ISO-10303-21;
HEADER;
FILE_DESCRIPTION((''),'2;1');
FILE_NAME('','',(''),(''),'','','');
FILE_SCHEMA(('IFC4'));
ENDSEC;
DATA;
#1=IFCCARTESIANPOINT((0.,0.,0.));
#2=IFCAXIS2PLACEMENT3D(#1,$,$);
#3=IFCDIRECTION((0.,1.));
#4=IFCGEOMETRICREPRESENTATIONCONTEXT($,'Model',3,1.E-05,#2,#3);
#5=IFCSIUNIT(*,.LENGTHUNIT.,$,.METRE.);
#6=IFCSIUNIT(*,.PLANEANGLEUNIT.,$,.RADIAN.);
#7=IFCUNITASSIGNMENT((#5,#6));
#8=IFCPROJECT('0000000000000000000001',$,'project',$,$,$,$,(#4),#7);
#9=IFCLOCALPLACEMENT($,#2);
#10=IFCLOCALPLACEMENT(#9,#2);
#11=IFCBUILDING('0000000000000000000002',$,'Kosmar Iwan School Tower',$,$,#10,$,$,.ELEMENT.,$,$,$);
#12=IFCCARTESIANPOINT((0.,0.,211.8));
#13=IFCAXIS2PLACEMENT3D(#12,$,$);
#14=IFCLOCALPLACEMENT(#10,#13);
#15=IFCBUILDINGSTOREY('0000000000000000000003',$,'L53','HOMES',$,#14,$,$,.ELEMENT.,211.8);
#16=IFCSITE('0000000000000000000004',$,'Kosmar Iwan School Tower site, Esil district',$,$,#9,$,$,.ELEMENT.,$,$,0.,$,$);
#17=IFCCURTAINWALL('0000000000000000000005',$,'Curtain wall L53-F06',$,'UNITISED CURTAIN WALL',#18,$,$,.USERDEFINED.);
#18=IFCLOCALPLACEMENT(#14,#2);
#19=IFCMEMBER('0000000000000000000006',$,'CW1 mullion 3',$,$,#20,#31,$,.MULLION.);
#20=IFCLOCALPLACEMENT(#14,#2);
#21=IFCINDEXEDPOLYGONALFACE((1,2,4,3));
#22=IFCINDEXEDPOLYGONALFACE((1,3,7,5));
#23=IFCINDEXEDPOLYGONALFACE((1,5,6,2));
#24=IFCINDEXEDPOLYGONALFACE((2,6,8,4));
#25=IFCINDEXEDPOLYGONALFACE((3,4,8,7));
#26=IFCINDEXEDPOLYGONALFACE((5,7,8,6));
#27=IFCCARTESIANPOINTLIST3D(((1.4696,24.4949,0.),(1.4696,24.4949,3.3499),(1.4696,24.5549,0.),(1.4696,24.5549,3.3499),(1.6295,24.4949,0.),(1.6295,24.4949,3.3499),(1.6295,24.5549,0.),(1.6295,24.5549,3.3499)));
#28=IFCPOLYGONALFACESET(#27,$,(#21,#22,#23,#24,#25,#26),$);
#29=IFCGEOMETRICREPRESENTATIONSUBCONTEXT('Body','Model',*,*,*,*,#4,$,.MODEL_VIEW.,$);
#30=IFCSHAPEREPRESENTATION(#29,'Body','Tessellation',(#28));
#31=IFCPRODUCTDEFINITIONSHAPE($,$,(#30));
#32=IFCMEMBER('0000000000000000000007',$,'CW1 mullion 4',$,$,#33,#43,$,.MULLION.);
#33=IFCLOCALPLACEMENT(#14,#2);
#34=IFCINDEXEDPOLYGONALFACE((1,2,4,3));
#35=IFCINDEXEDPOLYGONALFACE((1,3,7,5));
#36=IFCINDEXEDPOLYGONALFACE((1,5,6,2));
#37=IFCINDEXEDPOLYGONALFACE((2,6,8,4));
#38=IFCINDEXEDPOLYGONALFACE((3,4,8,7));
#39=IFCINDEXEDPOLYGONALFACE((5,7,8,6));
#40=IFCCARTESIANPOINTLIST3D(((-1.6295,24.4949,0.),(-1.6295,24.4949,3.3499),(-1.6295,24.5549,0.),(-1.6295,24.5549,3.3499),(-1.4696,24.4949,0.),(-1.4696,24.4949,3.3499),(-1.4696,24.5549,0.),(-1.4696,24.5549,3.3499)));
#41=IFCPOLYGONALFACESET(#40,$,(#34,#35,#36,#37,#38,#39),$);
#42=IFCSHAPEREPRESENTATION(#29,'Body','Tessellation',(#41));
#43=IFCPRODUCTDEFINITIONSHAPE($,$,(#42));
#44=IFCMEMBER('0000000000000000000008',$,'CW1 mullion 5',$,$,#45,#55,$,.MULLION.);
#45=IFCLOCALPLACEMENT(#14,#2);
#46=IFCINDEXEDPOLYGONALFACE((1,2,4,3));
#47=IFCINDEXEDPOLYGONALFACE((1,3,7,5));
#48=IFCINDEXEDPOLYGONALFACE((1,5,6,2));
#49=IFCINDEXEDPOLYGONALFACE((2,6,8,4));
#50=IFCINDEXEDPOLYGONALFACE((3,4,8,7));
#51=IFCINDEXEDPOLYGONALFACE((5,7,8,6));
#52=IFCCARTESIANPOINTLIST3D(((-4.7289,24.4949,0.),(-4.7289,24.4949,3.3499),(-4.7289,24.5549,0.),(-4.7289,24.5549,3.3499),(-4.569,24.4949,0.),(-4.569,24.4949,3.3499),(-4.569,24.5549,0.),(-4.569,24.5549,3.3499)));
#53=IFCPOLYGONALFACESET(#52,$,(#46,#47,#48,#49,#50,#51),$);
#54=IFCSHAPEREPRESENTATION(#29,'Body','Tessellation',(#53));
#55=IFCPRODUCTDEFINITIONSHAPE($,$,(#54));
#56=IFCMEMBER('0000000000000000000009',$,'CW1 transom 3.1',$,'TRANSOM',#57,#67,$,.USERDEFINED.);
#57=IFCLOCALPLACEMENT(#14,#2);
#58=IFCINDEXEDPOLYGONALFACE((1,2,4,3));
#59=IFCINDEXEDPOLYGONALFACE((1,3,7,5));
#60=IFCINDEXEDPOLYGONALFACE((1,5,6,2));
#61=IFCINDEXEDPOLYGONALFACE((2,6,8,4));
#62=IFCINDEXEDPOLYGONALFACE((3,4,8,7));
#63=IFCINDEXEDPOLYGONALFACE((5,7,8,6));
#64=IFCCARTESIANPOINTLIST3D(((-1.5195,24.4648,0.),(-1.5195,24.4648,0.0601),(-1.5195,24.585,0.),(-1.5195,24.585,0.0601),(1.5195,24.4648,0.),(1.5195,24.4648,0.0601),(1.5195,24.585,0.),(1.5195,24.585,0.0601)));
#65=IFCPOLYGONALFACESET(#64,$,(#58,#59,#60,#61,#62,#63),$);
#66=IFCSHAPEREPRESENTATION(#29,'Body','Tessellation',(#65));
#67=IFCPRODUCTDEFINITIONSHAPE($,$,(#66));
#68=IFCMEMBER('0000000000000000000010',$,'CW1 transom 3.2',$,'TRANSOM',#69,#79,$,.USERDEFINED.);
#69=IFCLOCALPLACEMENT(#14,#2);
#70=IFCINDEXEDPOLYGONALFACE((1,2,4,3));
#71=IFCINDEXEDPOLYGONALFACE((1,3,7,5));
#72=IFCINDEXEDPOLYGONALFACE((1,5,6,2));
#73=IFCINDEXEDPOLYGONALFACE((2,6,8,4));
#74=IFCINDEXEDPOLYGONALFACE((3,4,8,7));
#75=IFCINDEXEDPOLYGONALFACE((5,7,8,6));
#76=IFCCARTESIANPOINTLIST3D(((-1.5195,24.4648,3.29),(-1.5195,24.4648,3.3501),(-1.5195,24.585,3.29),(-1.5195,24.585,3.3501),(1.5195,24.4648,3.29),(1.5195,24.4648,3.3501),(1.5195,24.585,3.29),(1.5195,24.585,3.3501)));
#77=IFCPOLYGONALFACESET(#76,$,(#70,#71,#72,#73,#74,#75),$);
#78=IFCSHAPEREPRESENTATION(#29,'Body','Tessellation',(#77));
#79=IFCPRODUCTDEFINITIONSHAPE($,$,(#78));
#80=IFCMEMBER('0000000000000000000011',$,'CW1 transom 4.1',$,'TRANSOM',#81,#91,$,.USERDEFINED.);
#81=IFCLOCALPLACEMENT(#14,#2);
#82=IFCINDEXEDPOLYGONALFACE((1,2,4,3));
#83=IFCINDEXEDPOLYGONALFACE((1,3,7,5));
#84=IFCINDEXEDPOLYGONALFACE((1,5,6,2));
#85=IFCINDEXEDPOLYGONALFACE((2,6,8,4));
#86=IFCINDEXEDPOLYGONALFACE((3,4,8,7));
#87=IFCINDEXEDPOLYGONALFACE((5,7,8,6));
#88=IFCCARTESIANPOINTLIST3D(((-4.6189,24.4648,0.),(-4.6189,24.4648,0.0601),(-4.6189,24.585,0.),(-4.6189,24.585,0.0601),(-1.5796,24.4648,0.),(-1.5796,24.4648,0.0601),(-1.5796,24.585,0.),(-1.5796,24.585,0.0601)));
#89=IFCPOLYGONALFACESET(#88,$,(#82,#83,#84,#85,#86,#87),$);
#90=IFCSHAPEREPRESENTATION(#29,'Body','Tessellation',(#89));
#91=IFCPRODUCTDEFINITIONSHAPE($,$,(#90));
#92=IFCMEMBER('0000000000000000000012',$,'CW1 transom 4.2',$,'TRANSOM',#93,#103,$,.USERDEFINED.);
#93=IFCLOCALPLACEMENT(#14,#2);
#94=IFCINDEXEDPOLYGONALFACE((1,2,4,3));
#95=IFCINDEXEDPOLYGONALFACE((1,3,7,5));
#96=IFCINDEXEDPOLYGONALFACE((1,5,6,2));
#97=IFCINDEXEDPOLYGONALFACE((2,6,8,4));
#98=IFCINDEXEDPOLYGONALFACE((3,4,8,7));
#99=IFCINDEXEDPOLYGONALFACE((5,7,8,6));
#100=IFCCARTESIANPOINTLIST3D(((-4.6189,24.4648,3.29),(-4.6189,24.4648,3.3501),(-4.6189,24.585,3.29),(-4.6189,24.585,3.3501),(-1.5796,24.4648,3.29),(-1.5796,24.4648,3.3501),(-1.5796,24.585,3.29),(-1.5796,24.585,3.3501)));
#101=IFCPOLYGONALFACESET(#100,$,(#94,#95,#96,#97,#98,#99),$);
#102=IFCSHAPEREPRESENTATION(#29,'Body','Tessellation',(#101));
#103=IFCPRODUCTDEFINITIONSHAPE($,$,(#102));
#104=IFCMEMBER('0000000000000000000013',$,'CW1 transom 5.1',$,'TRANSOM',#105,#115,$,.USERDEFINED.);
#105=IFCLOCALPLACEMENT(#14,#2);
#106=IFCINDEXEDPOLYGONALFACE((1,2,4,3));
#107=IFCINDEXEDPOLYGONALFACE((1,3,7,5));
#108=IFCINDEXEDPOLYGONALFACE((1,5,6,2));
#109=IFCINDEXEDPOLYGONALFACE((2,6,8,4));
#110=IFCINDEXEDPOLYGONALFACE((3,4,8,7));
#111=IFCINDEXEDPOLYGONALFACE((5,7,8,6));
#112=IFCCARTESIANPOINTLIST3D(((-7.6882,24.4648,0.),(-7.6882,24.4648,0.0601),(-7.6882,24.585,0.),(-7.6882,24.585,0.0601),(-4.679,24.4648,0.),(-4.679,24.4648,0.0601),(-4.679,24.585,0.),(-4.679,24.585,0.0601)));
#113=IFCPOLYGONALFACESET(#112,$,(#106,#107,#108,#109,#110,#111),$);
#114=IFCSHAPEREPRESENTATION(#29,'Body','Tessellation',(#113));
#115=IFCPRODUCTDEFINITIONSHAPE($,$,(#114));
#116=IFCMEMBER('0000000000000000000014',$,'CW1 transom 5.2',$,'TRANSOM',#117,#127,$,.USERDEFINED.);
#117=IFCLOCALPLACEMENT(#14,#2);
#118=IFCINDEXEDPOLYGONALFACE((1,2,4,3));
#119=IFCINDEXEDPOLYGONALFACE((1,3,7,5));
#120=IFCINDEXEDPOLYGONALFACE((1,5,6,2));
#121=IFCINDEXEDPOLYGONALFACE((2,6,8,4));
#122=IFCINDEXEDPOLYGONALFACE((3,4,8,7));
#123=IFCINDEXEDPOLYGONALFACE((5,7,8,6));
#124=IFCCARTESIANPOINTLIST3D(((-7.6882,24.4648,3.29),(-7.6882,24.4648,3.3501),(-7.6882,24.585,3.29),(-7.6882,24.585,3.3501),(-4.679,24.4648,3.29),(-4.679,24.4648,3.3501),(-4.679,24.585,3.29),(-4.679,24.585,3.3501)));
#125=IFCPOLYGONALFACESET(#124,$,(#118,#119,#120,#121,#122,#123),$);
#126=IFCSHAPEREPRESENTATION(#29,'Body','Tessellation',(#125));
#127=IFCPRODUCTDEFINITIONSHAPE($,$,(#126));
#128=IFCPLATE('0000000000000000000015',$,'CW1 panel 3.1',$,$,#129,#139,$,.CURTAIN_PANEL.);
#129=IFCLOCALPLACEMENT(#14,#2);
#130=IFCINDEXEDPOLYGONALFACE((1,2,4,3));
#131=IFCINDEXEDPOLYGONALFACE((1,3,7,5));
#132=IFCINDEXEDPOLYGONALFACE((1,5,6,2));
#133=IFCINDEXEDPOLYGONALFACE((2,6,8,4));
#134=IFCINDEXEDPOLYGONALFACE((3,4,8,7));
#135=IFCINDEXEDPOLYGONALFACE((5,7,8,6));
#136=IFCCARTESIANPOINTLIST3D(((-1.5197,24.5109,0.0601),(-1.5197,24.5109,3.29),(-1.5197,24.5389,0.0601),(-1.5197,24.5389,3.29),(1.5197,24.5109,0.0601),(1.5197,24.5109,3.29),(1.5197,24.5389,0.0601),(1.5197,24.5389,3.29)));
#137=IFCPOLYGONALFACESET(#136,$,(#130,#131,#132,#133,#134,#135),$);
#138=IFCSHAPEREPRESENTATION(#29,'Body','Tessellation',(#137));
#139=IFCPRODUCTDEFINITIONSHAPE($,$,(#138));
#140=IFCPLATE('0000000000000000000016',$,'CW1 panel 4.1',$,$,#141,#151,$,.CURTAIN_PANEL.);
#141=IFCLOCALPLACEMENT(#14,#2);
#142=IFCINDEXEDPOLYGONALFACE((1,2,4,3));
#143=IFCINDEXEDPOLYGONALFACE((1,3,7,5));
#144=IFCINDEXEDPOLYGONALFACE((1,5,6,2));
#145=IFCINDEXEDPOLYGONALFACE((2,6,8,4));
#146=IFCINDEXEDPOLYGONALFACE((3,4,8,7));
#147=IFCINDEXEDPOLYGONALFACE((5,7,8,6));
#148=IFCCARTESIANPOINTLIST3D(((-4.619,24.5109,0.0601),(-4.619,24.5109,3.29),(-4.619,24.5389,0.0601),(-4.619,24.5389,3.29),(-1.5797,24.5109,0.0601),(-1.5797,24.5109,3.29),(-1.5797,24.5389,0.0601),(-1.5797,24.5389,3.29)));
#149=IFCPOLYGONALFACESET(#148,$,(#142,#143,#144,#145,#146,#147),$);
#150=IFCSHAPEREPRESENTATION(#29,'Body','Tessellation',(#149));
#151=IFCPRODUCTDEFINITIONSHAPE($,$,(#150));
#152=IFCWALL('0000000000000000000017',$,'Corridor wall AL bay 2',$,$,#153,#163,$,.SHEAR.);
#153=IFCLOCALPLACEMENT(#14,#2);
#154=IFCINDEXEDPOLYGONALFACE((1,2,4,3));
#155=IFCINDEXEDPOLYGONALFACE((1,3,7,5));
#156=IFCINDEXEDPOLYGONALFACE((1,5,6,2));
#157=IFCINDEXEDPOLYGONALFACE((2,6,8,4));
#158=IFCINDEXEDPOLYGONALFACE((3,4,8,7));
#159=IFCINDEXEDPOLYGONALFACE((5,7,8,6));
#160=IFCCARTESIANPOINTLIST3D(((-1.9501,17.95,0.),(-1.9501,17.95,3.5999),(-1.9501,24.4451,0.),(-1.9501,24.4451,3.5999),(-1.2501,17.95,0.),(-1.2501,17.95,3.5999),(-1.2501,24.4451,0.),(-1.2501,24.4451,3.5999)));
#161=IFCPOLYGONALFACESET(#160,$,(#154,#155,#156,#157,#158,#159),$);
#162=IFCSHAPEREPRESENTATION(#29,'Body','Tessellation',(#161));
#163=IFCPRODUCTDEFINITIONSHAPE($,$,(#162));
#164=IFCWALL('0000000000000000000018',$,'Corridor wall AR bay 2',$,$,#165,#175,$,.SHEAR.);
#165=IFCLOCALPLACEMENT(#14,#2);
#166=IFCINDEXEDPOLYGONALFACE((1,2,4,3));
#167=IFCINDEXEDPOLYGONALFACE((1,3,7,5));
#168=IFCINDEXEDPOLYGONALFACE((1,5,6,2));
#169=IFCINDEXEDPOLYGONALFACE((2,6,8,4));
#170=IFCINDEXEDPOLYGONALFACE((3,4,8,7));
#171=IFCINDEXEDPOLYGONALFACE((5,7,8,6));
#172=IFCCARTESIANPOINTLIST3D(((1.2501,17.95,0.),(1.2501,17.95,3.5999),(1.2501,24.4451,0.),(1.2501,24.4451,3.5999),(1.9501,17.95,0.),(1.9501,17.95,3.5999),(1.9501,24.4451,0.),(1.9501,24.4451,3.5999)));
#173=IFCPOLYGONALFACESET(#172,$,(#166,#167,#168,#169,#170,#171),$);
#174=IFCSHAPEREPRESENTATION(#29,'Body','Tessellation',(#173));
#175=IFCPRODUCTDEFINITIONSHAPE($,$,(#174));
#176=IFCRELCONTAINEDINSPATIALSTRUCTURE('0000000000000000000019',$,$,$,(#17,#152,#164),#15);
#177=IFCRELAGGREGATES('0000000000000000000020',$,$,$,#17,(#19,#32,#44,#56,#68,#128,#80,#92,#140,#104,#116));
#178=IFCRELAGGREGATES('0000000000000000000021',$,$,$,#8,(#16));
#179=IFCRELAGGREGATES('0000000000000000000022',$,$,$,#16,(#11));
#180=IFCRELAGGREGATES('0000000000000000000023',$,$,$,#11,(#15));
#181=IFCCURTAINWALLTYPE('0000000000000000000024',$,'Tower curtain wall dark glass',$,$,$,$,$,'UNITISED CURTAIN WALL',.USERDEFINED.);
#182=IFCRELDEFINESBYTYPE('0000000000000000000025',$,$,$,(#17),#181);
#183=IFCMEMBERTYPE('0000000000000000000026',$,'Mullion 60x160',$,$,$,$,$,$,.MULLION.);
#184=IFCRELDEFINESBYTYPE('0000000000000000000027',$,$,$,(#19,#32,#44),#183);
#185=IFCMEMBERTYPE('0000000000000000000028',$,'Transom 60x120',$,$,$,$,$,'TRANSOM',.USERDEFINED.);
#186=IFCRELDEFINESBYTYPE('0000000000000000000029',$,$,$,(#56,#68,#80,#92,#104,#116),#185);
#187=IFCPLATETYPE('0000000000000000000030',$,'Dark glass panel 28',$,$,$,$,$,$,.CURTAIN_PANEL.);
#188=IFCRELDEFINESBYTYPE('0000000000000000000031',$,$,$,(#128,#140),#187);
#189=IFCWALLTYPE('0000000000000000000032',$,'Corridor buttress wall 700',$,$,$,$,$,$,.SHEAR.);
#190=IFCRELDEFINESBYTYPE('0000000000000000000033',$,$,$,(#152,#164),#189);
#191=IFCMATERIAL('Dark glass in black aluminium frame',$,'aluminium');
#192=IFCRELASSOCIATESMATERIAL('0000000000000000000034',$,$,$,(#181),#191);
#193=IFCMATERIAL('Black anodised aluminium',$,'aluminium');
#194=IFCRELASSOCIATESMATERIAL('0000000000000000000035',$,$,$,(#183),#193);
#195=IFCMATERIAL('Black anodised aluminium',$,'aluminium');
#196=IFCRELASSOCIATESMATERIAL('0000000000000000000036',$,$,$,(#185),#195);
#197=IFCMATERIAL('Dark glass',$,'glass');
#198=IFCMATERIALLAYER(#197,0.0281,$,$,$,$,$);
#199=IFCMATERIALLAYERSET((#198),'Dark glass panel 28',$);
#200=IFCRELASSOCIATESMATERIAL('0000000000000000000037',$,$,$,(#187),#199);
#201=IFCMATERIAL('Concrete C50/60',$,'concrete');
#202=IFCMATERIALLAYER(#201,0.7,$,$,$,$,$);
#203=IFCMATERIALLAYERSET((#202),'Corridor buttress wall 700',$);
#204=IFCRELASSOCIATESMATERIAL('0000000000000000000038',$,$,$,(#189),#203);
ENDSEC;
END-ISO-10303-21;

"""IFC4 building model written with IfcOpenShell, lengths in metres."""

from ifc_helpers import new_model, si_unit, direction, frame, frame_2d, origin, origin_2d, place, context, subcontext, project, spatial, rectangle, extrude, material, layer, layer_set, material_profile, profile_set, type_object, element, aggregate, save


model = new_model("IFC4")

# Units and contexts
model_context = context("Model", 3, precision=1e-05, world=origin(), true_north=direction((0.0, 1.0)))
body_context = subcontext(model_context, "Body", "Model", "MODEL_VIEW")
ifc_project = project(units=[si_unit("LENGTHUNIT", "METRE"), si_unit("PLANEANGLEUNIT", "RADIAN")], contexts=[model_context])

# Site, building, storey
site_placement = place(None, origin())
site = spatial("IfcSite", under=ifc_project, at=site_placement, Name="Kosmar Iwan School Tower site, Esil district", CompositionType="ELEMENT", RefElevation=0.0)
building_placement = place(site_placement, origin())
building = spatial("IfcBuilding", under=site, at=building_placement, Name="Kosmar Iwan School Tower", CompositionType="ELEMENT")
storey_placement = place(building_placement, frame((0.0, 0.0, 211.8)))
storey = spatial("IfcBuildingStorey", under=building, at=storey_placement, Name="L53", Description="HOMES", CompositionType="ELEMENT", Elevation=211.8)

# Curtain wall, members, plates
ifc_material_1 = material(Name="Dark glass in black aluminium frame", Category="aluminium")
curtain_wall_type = type_object("IfcCurtainWallType", Name="Tower curtain wall dark glass", ElementType="UNITISED CURTAIN WALL", PredefinedType="USERDEFINED", material=ifc_material_1)
curtain_wall_placement = place(storey_placement, origin())
curtain_wall = element("IfcCurtainWall", 1, at=curtain_wall_placement, inside=storey, type_object=curtain_wall_type, Name="Curtain wall L53-F06", ObjectType="UNITISED CURTAIN WALL", PredefinedType="USERDEFINED")
ifc_material_2 = material(Name="Black anodised aluminium", Category="aluminium")
ifc_material_profile_1 = material_profile(ifc_material_2, rectangle(XDim=0.0601, YDim=0.1599, at=origin_2d()), Name="MULLION 60x160")
ifc_profile_set_1 = profile_set([ifc_material_profile_1], Name="Black anodised aluminium")
member_type_1 = type_object("IfcMemberType", Name="Mullion 60x160", PredefinedType="MULLION", material=ifc_profile_set_1)
member_1_placement = place(storey_placement, frame((1.5496, 24.5249, 0.0), z_axis=(0.0, 0.0, 1.0), x_axis=(0.0, -1.0, 0.0)))
member_1 = element("IfcMember", 2, at=member_1_placement, type_object=member_type_1, Name="CW1 mullion 3", PredefinedType="MULLION", context=body_context, shape_type="SweptSolid", body=[
    extrude(rectangle(XDim=0.0601, YDim=0.1599, at=origin_2d()), origin(), (0.0, 0.0, 1.0), 3.3499),
])
member_2_placement = place(storey_placement, frame((-1.5496, 24.5249, 0.0), z_axis=(0.0, 0.0, 1.0), x_axis=(0.0, -1.0, 0.0)))
member_2 = element("IfcMember", 3, at=member_2_placement, type_object=member_type_1, Name="CW1 mullion 4", PredefinedType="MULLION", context=body_context, shape_type="SweptSolid", body=[
    extrude(rectangle(XDim=0.0601, YDim=0.1599, at=origin_2d()), origin(), (0.0, 0.0, 1.0), 3.3499),
])
member_3_placement = place(storey_placement, frame((-4.6489, 24.5249, 0.0), z_axis=(0.0, 0.0, 1.0), x_axis=(0.0, -1.0, 0.0)))
member_3 = element("IfcMember", 4, at=member_3_placement, type_object=member_type_1, Name="CW1 mullion 5", PredefinedType="MULLION", context=body_context, shape_type="SweptSolid", body=[
    extrude(rectangle(XDim=0.0601, YDim=0.1599, at=origin_2d()), origin(), (0.0, 0.0, 1.0), 3.3499),
])
ifc_material_3 = material(Name="Black anodised aluminium", Category="aluminium")
ifc_material_profile_2 = material_profile(ifc_material_3, rectangle(XDim=0.1201, YDim=0.0601, at=origin_2d()), Name="TRANSOM 60x120")
ifc_profile_set_2 = profile_set([ifc_material_profile_2], Name="Black anodised aluminium")
member_type_2 = type_object("IfcMemberType", Name="Transom 60x120", ElementType="TRANSOM", PredefinedType="USERDEFINED", material=ifc_profile_set_2)
member_4_placement = place(storey_placement, frame((1.5195, 24.5249, 0.03), z_axis=(-1.0, 0.0, 0.0), x_axis=(0.0, -1.0, 0.0)))
member_4 = element("IfcMember", 5, at=member_4_placement, type_object=member_type_2, Name="CW1 transom 3.1", ObjectType="TRANSOM", PredefinedType="USERDEFINED", context=body_context, shape_type="SweptSolid", body=[
    extrude(rectangle(XDim=0.1201, YDim=0.0601, at=origin_2d()), origin(), (0.0, 0.0, 1.0), 3.0391),
])
member_5_placement = place(storey_placement, frame((1.5195, 24.5249, 3.3201), z_axis=(-1.0, 0.0, 0.0), x_axis=(0.0, -1.0, 0.0)))
member_5 = element("IfcMember", 6, at=member_5_placement, type_object=member_type_2, Name="CW1 transom 3.2", ObjectType="TRANSOM", PredefinedType="USERDEFINED", context=body_context, shape_type="SweptSolid", body=[
    extrude(rectangle(XDim=0.1201, YDim=0.0601, at=origin_2d()), origin(), (0.0, 0.0, 1.0), 3.0391),
])
member_6_placement = place(storey_placement, frame((-1.5796, 24.5249, 0.03), z_axis=(-1.0, 0.0, 0.0), x_axis=(0.0, -1.0, 0.0)))
member_6 = element("IfcMember", 7, at=member_6_placement, type_object=member_type_2, Name="CW1 transom 4.1", ObjectType="TRANSOM", PredefinedType="USERDEFINED", context=body_context, shape_type="SweptSolid", body=[
    extrude(rectangle(XDim=0.1201, YDim=0.0601, at=origin_2d()), origin(), (0.0, 0.0, 1.0), 3.0393),
])
member_7_placement = place(storey_placement, frame((-1.5796, 24.5249, 3.3201), z_axis=(-1.0, 0.0, 0.0), x_axis=(0.0, -1.0, 0.0)))
member_7 = element("IfcMember", 8, at=member_7_placement, type_object=member_type_2, Name="CW1 transom 4.2", ObjectType="TRANSOM", PredefinedType="USERDEFINED", context=body_context, shape_type="SweptSolid", body=[
    extrude(rectangle(XDim=0.1201, YDim=0.0601, at=origin_2d()), origin(), (0.0, 0.0, 1.0), 3.0393),
])
member_8_placement = place(storey_placement, frame((-4.679, 24.5249, 0.03), z_axis=(-1.0, 0.0, 0.0), x_axis=(0.0, -1.0, 0.0)))
member_8 = element("IfcMember", 9, at=member_8_placement, type_object=member_type_2, Name="CW1 transom 5.1", ObjectType="TRANSOM", PredefinedType="USERDEFINED", context=body_context, shape_type="SweptSolid", body=[
    extrude(rectangle(XDim=0.1201, YDim=0.0601, at=origin_2d()), origin(), (0.0, 0.0, 1.0), 3.0093),
])
member_9_placement = place(storey_placement, frame((-4.679, 24.5249, 3.3201), z_axis=(-1.0, 0.0, 0.0), x_axis=(0.0, -1.0, 0.0)))
member_9 = element("IfcMember", 10, at=member_9_placement, type_object=member_type_2, Name="CW1 transom 5.2", ObjectType="TRANSOM", PredefinedType="USERDEFINED", context=body_context, shape_type="SweptSolid", body=[
    extrude(rectangle(XDim=0.1201, YDim=0.0601, at=origin_2d()), origin(), (0.0, 0.0, 1.0), 3.0093),
])
ifc_material_4 = material(Name="Dark glass", Category="glass")
ifc_layer_1 = layer(ifc_material_4, 0.0281)
ifc_layer_set_1 = layer_set([ifc_layer_1], Name="Dark glass panel 28")
plate_type = type_object("IfcPlateType", Name="Dark glass panel 28", PredefinedType="CURTAIN_PANEL", material=ifc_layer_set_1)
plate_1_placement = place(storey_placement, frame((0.0, 24.5249, 0.0601), z_axis=(0.0, 0.0, 1.0), x_axis=(-1.0, 0.0, 0.0)))
plate_1 = element("IfcPlate", 11, at=plate_1_placement, type_object=plate_type, Name="CW1 panel 3.1", PredefinedType="CURTAIN_PANEL", context=body_context, shape_type="SweptSolid", body=[
    extrude(rectangle(XDim=3.0393, YDim=0.0281, at=origin_2d()), origin(), (0.0, 0.0, 1.0), 3.23),
])
plate_2_placement = place(storey_placement, frame((-3.0994, 24.5249, 0.0601), z_axis=(0.0, 0.0, 1.0), x_axis=(-1.0, 0.0, 0.0)))
plate_2 = element("IfcPlate", 12, at=plate_2_placement, type_object=plate_type, Name="CW1 panel 4.1", PredefinedType="CURTAIN_PANEL", context=body_context, shape_type="SweptSolid", body=[
    extrude(rectangle(XDim=3.0393, YDim=0.0281, at=origin_2d()), origin(), (0.0, 0.0, 1.0), 3.23),
])
aggregate(curtain_wall, [member_1, member_2, member_3, member_4, member_5, plate_1, member_6, member_7, plate_2, member_8, member_9])

# Walls
ifc_material_5 = material(Name="Concrete C50/60", Category="concrete")
ifc_layer_2 = layer(ifc_material_5, 0.7)
ifc_layer_set_2 = layer_set([ifc_layer_2], Name="Corridor buttress wall 700")
wall_type_1 = type_object("IfcWallType", Name="Corridor buttress wall 700", PredefinedType="SHEAR", material=ifc_layer_set_2)
for number, where, z_axis, x_axis, name in (
    (13, (-1.6001, 17.95, 0.0), (0.0, 0.0, 1.0), (0.0, 1.0, 0.0), "Corridor wall AL bay 2"),
    (14, (1.6001, 17.95, 0.0), (0.0, 0.0, 1.0), (0.0, 1.0, 0.0), "Corridor wall AR bay 2"),
):
    element("IfcWall", number, at=place(storey_placement, frame(where, z_axis=z_axis, x_axis=x_axis)), inside=storey, type_object=wall_type_1, Name=name, PredefinedType="SHEAR", context=body_context, shape_type="SweptSolid", body=[
        extrude(rectangle(XDim=6.4951, YDim=0.7, at=frame_2d((3.2476, 0.0))), origin(), (0.0, 0.0, 1.0), 3.5999),
    ])

save(model, "model.ifc")
